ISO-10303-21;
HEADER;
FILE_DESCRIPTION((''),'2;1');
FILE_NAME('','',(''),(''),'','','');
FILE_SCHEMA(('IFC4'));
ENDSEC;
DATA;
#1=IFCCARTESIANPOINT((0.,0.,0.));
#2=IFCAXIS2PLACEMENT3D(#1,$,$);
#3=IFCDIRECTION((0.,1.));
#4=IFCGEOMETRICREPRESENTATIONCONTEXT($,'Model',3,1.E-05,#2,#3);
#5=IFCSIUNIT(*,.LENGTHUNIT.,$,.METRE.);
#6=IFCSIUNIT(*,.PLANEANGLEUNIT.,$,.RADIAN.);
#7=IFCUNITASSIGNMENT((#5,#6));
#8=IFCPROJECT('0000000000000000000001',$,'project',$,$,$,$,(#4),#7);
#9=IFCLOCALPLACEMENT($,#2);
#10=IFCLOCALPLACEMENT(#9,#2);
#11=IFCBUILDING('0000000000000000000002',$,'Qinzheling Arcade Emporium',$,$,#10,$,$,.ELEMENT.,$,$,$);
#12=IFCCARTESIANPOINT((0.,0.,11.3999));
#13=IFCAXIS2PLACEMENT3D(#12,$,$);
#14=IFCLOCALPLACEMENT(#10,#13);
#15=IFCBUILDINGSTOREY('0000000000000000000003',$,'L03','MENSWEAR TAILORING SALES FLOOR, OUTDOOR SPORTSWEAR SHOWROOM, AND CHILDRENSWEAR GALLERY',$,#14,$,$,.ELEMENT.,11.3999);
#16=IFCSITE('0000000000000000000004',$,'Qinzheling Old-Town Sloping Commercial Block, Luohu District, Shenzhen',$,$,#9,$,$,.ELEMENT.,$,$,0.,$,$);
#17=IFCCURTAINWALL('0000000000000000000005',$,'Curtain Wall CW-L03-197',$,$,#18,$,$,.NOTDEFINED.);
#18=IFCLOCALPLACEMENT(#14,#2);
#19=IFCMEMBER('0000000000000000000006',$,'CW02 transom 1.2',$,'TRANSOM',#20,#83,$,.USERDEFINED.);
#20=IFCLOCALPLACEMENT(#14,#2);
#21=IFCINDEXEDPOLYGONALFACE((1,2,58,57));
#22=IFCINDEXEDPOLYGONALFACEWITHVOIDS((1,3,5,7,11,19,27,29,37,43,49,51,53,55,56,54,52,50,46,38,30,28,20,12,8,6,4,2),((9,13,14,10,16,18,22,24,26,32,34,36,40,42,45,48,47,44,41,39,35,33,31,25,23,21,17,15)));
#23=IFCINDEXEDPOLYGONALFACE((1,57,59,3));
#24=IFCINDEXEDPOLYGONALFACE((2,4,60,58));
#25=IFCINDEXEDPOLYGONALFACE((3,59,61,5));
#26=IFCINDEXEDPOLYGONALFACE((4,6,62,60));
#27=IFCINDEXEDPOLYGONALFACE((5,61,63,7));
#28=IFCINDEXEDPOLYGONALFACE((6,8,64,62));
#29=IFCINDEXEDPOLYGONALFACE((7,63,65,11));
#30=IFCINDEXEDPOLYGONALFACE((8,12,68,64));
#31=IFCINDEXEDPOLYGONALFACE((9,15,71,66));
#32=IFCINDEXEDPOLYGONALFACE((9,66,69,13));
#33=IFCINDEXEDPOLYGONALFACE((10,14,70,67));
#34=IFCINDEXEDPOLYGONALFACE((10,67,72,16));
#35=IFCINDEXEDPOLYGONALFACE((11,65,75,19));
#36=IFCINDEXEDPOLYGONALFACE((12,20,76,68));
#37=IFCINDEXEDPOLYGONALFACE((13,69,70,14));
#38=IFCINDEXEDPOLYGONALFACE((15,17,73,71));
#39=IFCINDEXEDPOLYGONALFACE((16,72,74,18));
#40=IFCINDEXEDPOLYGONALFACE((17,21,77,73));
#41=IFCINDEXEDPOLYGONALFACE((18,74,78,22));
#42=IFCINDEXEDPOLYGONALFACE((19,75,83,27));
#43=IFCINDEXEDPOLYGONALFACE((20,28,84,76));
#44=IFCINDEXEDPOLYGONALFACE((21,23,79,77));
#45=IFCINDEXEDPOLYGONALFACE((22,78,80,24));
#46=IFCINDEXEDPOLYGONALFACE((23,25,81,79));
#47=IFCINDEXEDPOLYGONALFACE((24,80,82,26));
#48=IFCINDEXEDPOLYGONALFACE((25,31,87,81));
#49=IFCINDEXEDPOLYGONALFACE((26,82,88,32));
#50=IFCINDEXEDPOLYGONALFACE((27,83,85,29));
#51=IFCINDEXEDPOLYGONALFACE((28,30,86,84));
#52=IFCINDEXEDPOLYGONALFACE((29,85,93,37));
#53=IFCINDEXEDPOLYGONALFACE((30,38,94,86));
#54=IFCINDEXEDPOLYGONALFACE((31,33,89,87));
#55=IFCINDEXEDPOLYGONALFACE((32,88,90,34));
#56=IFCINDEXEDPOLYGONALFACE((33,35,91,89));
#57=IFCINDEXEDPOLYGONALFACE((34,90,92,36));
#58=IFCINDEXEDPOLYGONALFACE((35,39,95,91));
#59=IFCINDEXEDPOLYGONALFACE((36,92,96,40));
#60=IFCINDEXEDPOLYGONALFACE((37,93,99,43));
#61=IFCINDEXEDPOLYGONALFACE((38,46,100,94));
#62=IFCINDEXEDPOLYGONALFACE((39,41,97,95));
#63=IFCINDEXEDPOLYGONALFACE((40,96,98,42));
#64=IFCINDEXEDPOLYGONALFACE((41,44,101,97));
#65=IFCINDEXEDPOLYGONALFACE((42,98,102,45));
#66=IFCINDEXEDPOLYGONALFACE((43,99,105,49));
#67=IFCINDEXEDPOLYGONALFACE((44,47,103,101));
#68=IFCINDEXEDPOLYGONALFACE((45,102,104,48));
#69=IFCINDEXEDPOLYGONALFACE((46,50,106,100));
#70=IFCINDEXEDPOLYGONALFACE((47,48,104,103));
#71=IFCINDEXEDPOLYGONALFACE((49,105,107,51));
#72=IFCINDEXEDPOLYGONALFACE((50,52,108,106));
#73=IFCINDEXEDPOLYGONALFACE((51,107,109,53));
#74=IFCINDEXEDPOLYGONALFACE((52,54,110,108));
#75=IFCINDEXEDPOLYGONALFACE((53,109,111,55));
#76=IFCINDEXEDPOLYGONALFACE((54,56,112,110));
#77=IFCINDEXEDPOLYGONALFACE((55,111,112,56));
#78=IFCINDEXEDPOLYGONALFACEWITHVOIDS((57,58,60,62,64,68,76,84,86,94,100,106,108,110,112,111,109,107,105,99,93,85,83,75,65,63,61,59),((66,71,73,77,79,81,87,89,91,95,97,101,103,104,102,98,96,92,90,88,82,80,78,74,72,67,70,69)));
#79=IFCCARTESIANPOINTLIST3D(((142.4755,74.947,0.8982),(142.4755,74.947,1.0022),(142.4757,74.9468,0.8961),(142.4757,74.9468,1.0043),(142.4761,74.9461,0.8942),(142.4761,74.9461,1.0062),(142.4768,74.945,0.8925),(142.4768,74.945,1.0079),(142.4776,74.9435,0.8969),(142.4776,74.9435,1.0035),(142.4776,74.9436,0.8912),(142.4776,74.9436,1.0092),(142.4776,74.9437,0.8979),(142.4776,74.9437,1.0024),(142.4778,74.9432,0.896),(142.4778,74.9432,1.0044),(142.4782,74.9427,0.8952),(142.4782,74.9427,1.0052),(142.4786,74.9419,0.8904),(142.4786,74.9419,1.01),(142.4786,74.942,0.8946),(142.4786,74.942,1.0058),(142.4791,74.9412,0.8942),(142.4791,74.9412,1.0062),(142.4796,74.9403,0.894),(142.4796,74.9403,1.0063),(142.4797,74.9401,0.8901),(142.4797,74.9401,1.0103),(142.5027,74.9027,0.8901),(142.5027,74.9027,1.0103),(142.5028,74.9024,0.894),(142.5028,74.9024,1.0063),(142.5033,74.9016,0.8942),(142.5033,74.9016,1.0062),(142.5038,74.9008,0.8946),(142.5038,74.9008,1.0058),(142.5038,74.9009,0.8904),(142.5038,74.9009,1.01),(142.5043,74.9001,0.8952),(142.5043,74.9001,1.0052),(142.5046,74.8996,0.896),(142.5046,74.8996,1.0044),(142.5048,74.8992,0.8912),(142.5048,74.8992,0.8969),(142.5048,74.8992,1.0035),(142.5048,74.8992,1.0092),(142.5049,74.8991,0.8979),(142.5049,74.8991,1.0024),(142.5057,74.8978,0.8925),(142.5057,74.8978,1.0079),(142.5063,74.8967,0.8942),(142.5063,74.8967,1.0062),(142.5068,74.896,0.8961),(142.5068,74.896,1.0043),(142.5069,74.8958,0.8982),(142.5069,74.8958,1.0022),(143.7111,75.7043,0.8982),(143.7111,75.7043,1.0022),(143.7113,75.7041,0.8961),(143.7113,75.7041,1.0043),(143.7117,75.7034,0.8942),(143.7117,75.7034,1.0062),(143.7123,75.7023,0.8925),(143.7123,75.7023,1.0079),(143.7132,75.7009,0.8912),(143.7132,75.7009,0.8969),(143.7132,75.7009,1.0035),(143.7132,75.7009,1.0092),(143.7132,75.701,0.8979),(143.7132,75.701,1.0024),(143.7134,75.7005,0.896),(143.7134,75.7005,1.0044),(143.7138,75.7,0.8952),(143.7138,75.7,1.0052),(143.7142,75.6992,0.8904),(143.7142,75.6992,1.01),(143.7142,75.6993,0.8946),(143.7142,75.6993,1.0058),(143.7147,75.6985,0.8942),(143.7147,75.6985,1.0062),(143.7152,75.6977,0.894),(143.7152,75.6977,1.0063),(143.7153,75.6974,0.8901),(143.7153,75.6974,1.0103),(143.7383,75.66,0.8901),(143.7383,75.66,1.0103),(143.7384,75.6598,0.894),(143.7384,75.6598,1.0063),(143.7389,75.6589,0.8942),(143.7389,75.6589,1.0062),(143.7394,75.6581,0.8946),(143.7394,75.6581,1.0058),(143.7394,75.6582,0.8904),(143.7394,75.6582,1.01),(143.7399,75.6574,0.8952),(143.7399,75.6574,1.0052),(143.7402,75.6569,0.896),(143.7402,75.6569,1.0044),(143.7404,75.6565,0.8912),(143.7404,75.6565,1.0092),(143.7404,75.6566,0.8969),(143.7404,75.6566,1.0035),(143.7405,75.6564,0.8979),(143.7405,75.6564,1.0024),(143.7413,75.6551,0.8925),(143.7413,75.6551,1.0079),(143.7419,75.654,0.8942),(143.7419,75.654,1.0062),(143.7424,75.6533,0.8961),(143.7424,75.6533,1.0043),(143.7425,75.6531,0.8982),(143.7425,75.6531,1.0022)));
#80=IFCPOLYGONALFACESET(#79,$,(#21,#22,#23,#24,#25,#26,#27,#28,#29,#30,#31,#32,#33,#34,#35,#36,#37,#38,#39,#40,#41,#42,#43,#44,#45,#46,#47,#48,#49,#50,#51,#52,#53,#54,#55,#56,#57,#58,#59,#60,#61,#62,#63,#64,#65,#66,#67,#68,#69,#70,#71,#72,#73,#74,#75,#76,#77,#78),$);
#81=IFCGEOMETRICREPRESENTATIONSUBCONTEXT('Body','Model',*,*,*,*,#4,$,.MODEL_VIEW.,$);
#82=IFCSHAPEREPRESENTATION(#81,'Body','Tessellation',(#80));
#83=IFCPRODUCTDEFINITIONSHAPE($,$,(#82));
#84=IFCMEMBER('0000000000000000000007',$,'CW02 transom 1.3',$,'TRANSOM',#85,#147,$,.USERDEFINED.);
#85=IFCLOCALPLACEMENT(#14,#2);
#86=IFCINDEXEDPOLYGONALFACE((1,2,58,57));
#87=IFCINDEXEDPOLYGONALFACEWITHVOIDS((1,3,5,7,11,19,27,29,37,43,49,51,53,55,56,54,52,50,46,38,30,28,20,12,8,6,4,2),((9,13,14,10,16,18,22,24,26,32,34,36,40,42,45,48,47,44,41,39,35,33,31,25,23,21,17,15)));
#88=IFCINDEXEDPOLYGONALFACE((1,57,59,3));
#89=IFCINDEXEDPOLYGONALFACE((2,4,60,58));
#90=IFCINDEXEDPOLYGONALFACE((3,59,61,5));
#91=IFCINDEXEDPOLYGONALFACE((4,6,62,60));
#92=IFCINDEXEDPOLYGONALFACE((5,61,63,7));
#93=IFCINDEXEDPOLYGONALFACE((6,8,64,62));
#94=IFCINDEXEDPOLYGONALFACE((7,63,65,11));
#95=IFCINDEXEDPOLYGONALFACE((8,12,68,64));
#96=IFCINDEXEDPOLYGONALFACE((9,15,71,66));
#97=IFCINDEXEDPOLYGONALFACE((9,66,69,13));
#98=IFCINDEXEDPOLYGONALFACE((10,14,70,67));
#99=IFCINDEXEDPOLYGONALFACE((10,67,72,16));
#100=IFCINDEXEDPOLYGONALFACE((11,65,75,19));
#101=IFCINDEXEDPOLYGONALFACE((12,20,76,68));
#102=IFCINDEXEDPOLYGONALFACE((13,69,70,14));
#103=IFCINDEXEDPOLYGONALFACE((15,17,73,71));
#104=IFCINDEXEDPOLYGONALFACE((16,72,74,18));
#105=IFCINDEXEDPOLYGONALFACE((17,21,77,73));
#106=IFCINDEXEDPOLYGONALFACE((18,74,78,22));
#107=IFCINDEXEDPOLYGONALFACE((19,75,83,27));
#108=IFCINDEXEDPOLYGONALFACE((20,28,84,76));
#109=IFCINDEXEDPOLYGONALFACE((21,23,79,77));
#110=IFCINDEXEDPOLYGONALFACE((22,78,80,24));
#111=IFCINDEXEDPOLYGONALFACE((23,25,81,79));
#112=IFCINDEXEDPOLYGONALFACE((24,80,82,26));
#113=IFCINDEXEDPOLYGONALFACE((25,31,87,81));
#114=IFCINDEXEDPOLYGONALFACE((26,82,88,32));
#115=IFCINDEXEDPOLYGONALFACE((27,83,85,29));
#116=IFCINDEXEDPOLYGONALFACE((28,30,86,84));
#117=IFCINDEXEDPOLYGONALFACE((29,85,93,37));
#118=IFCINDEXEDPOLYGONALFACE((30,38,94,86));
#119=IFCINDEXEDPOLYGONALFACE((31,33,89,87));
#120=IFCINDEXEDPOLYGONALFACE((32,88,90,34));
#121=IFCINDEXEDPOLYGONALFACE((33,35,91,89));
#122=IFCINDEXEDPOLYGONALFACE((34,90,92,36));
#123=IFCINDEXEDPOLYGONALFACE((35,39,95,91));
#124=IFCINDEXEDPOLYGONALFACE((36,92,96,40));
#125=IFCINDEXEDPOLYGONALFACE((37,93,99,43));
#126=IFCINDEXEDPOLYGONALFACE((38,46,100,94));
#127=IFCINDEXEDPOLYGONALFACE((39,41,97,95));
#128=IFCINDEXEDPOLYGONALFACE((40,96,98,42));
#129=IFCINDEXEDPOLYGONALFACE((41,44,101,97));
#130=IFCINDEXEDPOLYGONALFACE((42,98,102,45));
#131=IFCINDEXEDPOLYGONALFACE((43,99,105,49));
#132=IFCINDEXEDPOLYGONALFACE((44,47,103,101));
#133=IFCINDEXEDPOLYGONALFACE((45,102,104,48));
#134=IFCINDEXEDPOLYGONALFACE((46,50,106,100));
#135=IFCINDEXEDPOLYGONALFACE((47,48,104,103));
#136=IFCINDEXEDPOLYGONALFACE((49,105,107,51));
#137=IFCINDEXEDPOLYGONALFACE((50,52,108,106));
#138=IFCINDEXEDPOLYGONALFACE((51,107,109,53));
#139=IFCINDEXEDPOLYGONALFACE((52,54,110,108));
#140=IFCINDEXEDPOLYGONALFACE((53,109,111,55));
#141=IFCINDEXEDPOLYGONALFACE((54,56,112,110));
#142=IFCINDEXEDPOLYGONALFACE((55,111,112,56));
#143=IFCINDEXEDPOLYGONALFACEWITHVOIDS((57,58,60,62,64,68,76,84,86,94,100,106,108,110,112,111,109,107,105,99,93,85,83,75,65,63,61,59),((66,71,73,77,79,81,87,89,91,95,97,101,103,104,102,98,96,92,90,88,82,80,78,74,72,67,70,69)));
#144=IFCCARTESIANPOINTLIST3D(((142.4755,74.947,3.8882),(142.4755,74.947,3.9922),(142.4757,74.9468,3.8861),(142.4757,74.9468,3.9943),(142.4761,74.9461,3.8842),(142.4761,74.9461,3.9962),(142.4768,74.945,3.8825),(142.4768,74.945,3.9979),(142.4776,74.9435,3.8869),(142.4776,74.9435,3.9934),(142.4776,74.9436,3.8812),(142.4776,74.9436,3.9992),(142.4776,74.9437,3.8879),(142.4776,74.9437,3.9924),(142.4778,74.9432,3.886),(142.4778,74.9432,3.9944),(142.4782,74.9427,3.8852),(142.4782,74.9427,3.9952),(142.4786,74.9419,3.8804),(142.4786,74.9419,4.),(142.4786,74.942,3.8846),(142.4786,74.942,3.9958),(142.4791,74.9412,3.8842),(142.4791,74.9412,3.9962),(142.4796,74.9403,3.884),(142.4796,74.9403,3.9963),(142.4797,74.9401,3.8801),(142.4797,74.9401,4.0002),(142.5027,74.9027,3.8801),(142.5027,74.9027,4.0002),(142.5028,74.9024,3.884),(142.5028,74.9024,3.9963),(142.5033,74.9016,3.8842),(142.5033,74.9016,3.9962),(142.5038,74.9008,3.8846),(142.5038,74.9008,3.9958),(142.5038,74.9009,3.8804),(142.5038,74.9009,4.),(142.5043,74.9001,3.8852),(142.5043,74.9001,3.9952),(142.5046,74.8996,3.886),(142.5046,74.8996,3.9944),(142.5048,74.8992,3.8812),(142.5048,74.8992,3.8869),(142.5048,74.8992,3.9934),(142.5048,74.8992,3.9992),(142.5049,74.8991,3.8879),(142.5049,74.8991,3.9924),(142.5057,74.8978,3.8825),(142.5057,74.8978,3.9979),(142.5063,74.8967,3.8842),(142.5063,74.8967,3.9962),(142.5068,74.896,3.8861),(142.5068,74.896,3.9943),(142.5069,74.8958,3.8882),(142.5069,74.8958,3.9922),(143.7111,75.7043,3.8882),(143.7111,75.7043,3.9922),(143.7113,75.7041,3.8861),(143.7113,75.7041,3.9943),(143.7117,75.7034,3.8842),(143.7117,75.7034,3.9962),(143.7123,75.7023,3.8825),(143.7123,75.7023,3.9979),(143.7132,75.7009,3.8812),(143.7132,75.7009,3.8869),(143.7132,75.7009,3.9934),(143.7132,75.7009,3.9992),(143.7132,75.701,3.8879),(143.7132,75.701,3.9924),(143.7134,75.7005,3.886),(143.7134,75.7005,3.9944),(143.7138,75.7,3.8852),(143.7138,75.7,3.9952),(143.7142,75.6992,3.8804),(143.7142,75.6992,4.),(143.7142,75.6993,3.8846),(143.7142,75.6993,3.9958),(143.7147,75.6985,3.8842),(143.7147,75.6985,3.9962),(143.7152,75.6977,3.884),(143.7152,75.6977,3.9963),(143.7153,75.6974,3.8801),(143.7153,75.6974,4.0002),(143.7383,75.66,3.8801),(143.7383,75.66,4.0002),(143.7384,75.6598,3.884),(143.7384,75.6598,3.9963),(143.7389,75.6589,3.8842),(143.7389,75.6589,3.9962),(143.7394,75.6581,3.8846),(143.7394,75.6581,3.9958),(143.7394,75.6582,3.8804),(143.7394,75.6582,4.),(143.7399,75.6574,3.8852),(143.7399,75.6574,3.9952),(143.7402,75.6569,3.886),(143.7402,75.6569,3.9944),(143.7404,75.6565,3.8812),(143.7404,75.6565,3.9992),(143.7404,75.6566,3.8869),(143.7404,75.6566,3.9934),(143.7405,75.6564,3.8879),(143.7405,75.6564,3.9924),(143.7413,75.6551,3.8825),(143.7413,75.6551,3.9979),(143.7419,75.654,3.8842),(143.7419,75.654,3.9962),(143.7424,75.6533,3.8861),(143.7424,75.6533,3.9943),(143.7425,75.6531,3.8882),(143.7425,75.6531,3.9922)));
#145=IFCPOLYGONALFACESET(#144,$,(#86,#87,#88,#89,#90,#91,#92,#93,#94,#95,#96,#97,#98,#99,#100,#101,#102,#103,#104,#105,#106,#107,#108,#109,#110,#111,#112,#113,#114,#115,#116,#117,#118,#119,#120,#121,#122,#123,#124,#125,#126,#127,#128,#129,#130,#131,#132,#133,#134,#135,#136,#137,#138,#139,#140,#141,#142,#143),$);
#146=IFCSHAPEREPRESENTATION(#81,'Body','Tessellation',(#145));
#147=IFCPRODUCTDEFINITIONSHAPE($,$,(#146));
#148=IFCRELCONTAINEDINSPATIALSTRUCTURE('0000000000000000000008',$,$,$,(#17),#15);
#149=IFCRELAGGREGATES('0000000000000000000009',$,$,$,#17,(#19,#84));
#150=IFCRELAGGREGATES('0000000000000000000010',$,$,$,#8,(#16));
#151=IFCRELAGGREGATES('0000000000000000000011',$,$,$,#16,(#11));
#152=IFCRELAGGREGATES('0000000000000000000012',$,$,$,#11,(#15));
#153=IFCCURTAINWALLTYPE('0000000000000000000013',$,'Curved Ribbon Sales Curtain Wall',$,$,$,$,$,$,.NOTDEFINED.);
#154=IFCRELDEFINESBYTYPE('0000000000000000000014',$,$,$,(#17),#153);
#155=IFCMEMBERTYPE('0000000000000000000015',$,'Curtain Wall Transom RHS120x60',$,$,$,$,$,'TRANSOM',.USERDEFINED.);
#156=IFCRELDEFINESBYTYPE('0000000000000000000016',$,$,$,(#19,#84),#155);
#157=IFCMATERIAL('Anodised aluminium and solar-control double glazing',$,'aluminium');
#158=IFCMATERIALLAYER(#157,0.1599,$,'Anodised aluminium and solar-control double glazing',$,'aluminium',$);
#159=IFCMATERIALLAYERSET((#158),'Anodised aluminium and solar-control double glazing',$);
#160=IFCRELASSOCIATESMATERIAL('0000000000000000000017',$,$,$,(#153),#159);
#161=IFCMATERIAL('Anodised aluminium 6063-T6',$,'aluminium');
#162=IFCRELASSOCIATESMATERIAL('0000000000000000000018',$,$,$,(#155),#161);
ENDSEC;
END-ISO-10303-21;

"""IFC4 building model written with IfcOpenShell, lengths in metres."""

from ifc_helpers import new_model, si_unit, direction, frame, origin, origin_2d, place, context, subcontext, project, spatial, hollow_rectangle, extrude, material, layer, layer_set, material_profile, profile_set, type_object, element, aggregate, save


model = new_model("IFC4")

# Units and contexts
model_context = context("Model", 3, precision=1e-05, world=origin(), true_north=direction((0.0, 1.0)))
body_context = subcontext(model_context, "Body", "Model", "MODEL_VIEW")
ifc_project = project(units=[si_unit("LENGTHUNIT", "METRE"), si_unit("PLANEANGLEUNIT", "RADIAN")], contexts=[model_context])

# Site, building, storey
site_placement = place(None, origin())
site = spatial("IfcSite", under=ifc_project, at=site_placement, Name="Qinzheling Old-Town Sloping Commercial Block, Luohu District, Shenzhen", CompositionType="ELEMENT", RefElevation=0.0)
building_placement = place(site_placement, origin())
building = spatial("IfcBuilding", under=site, at=building_placement, Name="Qinzheling Arcade Emporium", CompositionType="ELEMENT")
storey_placement = place(building_placement, frame((0.0, 0.0, 11.3999)))
storey = spatial("IfcBuildingStorey", under=building, at=storey_placement, Name="L03", Description="MENSWEAR TAILORING SALES FLOOR, OUTDOOR SPORTSWEAR SHOWROOM, AND CHILDRENSWEAR GALLERY", CompositionType="ELEMENT", Elevation=11.3999)

# Shared definitions
ifc_material_1 = material(Name="Anodised aluminium and solar-control double glazing", Category="aluminium")
ifc_layer_1 = layer(ifc_material_1, 0.1599, Name="Anodised aluminium and solar-control double glazing", Category="aluminium")
ifc_layer_set_1 = layer_set([ifc_layer_1], Name="Anodised aluminium and solar-control double glazing")
curtain_wall_type = type_object("IfcCurtainWallType", Name="Curved Ribbon Sales Curtain Wall", PredefinedType="NOTDEFINED", material=ifc_layer_set_1)
ifc_material_2 = material(Name="Anodised aluminium 6063-T6", Category="aluminium")

# Curtain wall
curtain_wall_1_placement = place(storey_placement, origin())
curtain_wall_1 = element("IfcCurtainWall", 1, at=curtain_wall_1_placement, inside=storey, type_object=curtain_wall_type, Name="Curtain Wall CW-L03-197", PredefinedType="NOTDEFINED")

# Members
ifc_material_profile_1 = material_profile(ifc_material_2, hollow_rectangle(XDim=0.0601, YDim=0.1201, WallThickness=0.0039, InnerFilletRadius=0.0039, OuterFilletRadius=0.0081, at=origin_2d()), Name="RHS 120x60x4", Category="aluminium")
ifc_profile_set_1 = profile_set([ifc_material_profile_1], Name="Anodised aluminium 6063-T6")
member_type_1 = type_object("IfcMemberType", Name="Curtain Wall Transom RHS120x60", ElementType="TRANSOM", PredefinedType="USERDEFINED", material=ifc_profile_set_1)
member_1_placement = place(storey_placement, frame((143.7268, 75.6787, 0.9502), z_axis=(-0.852594, -0.522574, 0.0), x_axis=(0.522574, -0.852594, 0.0)))
member_1 = element("IfcMember", 2, at=member_1_placement, type_object=member_type_1, Name="CW02 transom 1.2", ObjectType="TRANSOM", PredefinedType="USERDEFINED", context=body_context, shape_type="SweptSolid", body=[
    extrude(hollow_rectangle(XDim=0.0601, YDim=0.1201, WallThickness=0.0039, InnerFilletRadius=0.0039, OuterFilletRadius=0.0081, at=origin_2d()), origin(), (0.0, 0.0, 1.0), 1.4492),
])
member_2_placement = place(storey_placement, frame((143.7268, 75.6787, 3.9402), z_axis=(-0.852594, -0.522574, 0.0), x_axis=(0.522574, -0.852594, 0.0)))
member_2 = element("IfcMember", 3, at=member_2_placement, type_object=member_type_1, Name="CW02 transom 1.3", ObjectType="TRANSOM", PredefinedType="USERDEFINED", context=body_context, shape_type="SweptSolid", body=[
    extrude(hollow_rectangle(XDim=0.0601, YDim=0.1201, WallThickness=0.0039, InnerFilletRadius=0.0039, OuterFilletRadius=0.0081, at=origin_2d()), origin(), (0.0, 0.0, 1.0), 1.4492),
])

aggregate(curtain_wall_1, [member_1, member_2])

save(model, "model.ifc")
